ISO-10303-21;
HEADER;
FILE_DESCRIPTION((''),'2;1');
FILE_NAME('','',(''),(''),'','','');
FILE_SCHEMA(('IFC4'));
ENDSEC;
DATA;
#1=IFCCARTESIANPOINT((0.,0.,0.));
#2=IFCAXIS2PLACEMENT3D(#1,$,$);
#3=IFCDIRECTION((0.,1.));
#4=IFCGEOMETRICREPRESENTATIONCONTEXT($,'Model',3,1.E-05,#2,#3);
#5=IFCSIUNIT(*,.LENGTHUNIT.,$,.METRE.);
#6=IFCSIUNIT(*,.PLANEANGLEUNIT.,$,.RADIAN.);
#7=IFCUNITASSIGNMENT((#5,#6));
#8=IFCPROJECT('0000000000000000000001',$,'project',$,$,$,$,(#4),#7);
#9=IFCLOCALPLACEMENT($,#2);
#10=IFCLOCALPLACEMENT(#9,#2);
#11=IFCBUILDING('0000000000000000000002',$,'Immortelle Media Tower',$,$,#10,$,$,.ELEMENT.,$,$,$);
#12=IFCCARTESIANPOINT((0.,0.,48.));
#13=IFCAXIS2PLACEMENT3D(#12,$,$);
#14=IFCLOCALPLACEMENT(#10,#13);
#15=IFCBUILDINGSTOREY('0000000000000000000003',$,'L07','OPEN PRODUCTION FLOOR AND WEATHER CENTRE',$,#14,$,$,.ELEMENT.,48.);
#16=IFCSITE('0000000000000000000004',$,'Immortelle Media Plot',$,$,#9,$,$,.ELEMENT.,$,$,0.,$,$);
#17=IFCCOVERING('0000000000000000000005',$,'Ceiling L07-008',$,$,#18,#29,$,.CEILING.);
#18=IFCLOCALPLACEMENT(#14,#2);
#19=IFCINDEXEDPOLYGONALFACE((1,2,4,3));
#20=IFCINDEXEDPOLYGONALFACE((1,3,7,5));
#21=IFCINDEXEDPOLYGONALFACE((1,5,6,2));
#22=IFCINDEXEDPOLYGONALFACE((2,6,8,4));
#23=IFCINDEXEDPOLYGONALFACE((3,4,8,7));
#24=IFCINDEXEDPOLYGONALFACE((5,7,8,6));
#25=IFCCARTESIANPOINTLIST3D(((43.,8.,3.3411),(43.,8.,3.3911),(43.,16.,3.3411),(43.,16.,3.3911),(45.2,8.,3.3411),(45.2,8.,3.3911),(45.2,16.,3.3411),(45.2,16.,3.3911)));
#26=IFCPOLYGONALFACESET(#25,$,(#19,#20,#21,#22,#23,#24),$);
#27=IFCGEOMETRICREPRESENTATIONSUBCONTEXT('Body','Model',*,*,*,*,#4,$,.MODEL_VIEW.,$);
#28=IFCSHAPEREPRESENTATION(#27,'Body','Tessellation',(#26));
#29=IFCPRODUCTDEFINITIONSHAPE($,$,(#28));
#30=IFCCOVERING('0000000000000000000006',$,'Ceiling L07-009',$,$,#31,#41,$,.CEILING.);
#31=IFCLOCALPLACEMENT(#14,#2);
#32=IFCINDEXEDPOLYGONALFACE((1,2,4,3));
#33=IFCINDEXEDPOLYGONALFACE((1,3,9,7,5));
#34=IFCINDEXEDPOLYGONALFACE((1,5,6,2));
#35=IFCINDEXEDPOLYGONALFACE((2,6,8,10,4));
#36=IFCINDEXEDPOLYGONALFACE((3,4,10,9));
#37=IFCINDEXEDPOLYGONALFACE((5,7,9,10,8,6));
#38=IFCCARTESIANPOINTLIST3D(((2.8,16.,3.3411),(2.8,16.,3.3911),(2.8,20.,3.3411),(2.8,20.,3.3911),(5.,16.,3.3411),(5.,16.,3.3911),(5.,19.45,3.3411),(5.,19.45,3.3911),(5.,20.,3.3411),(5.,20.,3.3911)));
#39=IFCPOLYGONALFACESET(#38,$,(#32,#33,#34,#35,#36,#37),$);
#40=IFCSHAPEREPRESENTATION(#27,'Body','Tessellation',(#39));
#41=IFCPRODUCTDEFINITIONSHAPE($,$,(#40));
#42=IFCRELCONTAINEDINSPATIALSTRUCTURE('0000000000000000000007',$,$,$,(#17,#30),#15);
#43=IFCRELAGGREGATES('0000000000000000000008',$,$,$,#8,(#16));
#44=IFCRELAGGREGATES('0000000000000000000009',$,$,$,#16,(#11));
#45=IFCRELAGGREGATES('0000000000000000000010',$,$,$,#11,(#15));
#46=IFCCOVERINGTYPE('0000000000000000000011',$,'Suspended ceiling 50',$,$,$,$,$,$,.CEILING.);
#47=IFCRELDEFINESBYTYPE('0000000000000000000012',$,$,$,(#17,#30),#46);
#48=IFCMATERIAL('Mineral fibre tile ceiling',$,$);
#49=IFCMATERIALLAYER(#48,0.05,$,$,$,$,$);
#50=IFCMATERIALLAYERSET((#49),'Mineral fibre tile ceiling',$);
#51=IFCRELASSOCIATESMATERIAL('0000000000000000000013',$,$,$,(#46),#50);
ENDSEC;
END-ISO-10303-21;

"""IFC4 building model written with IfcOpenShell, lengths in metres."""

from ifc_helpers import new_model, si_unit, direction, frame, origin, place, context, subcontext, project, spatial, polyline, outline, extrude, material, layer, layer_set, type_object, element, save


model = new_model("IFC4")

# Units and contexts
model_context = context("Model", 3, precision=1e-05, world=origin(), true_north=direction((0.0, 1.0)))
body_context = subcontext(model_context, "Body", "Model", "MODEL_VIEW")
ifc_project = project(units=[si_unit("LENGTHUNIT", "METRE"), si_unit("PLANEANGLEUNIT", "RADIAN")], contexts=[model_context])

# Site, building, storey
site_placement = place(None, origin())
site = spatial("IfcSite", under=ifc_project, at=site_placement, Name="Immortelle Media Plot", CompositionType="ELEMENT", RefElevation=0.0)
building_placement = place(site_placement, origin())
building = spatial("IfcBuilding", under=site, at=building_placement, Name="Immortelle Media Tower", CompositionType="ELEMENT")
storey_placement = place(building_placement, frame((0.0, 0.0, 48.0)))
storey = spatial("IfcBuildingStorey", under=building, at=storey_placement, Name="L07", Description="OPEN PRODUCTION FLOOR AND WEATHER CENTRE", CompositionType="ELEMENT", Elevation=48.0)

# Coverings
ifc_material_1 = material(Name="Mineral fibre tile ceiling")
ifc_layer_1 = layer(ifc_material_1, 0.05)
ifc_layer_set_1 = layer_set([ifc_layer_1], Name="Mineral fibre tile ceiling")
covering_type = type_object("IfcCoveringType", Name="Suspended ceiling 50", PredefinedType="CEILING", material=ifc_layer_set_1)
covering_1_placement = place(storey_placement, frame((0.0, 0.0, 3.3411)))
element("IfcCovering", 1, at=covering_1_placement, inside=storey, type_object=covering_type, Name="Ceiling L07-008", PredefinedType="CEILING", context=body_context, shape_type="SweptSolid", body=[
    extrude(outline(polyline([(45.2, 8.0), (43.0, 8.0), (43.0, 16.0), (45.2, 16.0), (45.2, 8.0)])), origin(), (0.0, 0.0, 1.0), 0.05),
])
covering_2_placement = place(storey_placement, frame((0.0, 0.0, 3.3411)))
element("IfcCovering", 2, at=covering_2_placement, inside=storey, type_object=covering_type, Name="Ceiling L07-009", PredefinedType="CEILING", context=body_context, shape_type="SweptSolid", body=[
    extrude(outline(polyline([(5.0, 16.0), (2.8, 16.0), (2.8, 20.0), (5.0, 20.0), (5.0, 19.45), (5.0, 16.0)])), origin(), (0.0, 0.0, 1.0), 0.05),
])

save(model, "model.ifc")
